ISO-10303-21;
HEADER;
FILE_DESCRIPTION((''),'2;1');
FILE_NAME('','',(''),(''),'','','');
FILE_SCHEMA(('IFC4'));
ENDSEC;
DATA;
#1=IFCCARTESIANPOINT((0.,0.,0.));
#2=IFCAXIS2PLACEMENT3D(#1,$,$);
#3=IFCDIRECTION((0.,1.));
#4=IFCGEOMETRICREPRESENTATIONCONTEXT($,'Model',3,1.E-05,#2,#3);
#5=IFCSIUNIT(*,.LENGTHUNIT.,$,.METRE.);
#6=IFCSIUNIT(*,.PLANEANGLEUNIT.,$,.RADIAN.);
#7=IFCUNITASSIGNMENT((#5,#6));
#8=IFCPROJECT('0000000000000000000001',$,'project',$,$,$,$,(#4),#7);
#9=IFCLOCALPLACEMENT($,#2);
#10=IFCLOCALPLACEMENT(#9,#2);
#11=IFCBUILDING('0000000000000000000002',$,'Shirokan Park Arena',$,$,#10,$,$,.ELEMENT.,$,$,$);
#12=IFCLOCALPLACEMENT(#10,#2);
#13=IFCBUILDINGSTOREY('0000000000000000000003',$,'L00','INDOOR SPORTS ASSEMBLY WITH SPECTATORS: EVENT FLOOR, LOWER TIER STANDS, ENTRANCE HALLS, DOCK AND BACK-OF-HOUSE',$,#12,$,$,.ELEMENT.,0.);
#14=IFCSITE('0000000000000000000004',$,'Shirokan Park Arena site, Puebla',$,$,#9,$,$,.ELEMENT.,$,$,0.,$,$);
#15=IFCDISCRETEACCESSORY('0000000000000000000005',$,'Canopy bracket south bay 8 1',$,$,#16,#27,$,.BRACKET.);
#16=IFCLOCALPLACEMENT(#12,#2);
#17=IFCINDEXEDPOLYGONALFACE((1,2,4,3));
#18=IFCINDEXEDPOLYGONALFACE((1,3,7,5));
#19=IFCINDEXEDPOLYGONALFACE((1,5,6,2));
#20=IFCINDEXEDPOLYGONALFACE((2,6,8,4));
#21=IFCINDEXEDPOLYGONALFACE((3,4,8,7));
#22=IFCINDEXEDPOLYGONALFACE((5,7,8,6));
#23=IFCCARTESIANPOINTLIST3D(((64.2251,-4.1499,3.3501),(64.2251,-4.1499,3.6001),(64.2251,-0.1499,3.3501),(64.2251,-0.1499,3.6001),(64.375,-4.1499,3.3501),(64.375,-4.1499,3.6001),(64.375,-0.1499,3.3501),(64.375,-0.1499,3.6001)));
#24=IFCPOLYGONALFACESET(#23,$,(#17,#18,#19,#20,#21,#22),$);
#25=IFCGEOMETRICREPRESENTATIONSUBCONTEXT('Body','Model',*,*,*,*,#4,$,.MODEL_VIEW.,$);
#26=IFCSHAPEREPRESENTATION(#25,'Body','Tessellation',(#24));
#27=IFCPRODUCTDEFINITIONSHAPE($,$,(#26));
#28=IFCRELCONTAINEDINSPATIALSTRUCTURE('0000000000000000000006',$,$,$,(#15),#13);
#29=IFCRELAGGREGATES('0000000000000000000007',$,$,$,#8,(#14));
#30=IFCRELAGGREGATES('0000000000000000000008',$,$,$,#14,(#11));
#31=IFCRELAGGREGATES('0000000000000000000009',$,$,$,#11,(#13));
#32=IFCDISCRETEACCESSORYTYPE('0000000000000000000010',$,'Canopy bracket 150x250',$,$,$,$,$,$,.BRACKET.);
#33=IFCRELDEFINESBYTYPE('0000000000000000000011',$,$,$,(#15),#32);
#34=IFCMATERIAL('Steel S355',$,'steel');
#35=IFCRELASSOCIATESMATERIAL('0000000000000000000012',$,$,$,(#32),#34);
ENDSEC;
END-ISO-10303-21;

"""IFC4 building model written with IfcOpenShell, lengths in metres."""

from ifc_helpers import new_model, si_unit, direction, frame, origin, origin_2d, place, context, subcontext, project, spatial, rectangle, extrude, material, type_object, element, save


model = new_model("IFC4")

# Units and contexts
model_context = context("Model", 3, precision=1e-05, world=origin(), true_north=direction((0.0, 1.0)))
body_context = subcontext(model_context, "Body", "Model", "MODEL_VIEW")
ifc_project = project(units=[si_unit("LENGTHUNIT", "METRE"), si_unit("PLANEANGLEUNIT", "RADIAN")], contexts=[model_context])

# Site, building, storey
site_placement = place(None, origin())
site = spatial("IfcSite", under=ifc_project, at=site_placement, Name="Shirokan Park Arena site, Puebla", CompositionType="ELEMENT", RefElevation=0.0)
building_placement = place(site_placement, origin())
building = spatial("IfcBuilding", under=site, at=building_placement, Name="Shirokan Park Arena", CompositionType="ELEMENT")
storey_placement = place(building_placement, origin())
storey = spatial("IfcBuildingStorey", under=building, at=storey_placement, Name="L00", Description="INDOOR SPORTS ASSEMBLY WITH SPECTATORS: EVENT FLOOR, LOWER TIER STANDS, ENTRANCE HALLS, DOCK AND BACK-OF-HOUSE", CompositionType="ELEMENT", Elevation=0.0)

# Shared definitions
ifc_material_1 = material(Name="Steel S355", Category="steel")

# Discrete accessory
discrete_accessory_type = type_object("IfcDiscreteAccessoryType", Name="Canopy bracket 150x250", PredefinedType="BRACKET", material=ifc_material_1)
for number, where, z_axis, x_axis, name in (
    (1, (64.3, -2.1499, 3.3501), (0.0, 0.0, 1.0), (1.0, 0.0, 0.0), "Canopy bracket south bay 8 1"),
):
    element("IfcDiscreteAccessory", number, at=place(storey_placement, frame(where, z_axis=z_axis, x_axis=x_axis)), inside=storey, type_object=discrete_accessory_type, Name=name, PredefinedType="BRACKET", context=body_context, shape_type="SweptSolid", body=[
        extrude(rectangle(XDim=0.1499, YDim=4.0, at=origin_2d()), origin(), (0.0, 0.0, 1.0), 0.25),
    ])

save(model, "model.ifc")
